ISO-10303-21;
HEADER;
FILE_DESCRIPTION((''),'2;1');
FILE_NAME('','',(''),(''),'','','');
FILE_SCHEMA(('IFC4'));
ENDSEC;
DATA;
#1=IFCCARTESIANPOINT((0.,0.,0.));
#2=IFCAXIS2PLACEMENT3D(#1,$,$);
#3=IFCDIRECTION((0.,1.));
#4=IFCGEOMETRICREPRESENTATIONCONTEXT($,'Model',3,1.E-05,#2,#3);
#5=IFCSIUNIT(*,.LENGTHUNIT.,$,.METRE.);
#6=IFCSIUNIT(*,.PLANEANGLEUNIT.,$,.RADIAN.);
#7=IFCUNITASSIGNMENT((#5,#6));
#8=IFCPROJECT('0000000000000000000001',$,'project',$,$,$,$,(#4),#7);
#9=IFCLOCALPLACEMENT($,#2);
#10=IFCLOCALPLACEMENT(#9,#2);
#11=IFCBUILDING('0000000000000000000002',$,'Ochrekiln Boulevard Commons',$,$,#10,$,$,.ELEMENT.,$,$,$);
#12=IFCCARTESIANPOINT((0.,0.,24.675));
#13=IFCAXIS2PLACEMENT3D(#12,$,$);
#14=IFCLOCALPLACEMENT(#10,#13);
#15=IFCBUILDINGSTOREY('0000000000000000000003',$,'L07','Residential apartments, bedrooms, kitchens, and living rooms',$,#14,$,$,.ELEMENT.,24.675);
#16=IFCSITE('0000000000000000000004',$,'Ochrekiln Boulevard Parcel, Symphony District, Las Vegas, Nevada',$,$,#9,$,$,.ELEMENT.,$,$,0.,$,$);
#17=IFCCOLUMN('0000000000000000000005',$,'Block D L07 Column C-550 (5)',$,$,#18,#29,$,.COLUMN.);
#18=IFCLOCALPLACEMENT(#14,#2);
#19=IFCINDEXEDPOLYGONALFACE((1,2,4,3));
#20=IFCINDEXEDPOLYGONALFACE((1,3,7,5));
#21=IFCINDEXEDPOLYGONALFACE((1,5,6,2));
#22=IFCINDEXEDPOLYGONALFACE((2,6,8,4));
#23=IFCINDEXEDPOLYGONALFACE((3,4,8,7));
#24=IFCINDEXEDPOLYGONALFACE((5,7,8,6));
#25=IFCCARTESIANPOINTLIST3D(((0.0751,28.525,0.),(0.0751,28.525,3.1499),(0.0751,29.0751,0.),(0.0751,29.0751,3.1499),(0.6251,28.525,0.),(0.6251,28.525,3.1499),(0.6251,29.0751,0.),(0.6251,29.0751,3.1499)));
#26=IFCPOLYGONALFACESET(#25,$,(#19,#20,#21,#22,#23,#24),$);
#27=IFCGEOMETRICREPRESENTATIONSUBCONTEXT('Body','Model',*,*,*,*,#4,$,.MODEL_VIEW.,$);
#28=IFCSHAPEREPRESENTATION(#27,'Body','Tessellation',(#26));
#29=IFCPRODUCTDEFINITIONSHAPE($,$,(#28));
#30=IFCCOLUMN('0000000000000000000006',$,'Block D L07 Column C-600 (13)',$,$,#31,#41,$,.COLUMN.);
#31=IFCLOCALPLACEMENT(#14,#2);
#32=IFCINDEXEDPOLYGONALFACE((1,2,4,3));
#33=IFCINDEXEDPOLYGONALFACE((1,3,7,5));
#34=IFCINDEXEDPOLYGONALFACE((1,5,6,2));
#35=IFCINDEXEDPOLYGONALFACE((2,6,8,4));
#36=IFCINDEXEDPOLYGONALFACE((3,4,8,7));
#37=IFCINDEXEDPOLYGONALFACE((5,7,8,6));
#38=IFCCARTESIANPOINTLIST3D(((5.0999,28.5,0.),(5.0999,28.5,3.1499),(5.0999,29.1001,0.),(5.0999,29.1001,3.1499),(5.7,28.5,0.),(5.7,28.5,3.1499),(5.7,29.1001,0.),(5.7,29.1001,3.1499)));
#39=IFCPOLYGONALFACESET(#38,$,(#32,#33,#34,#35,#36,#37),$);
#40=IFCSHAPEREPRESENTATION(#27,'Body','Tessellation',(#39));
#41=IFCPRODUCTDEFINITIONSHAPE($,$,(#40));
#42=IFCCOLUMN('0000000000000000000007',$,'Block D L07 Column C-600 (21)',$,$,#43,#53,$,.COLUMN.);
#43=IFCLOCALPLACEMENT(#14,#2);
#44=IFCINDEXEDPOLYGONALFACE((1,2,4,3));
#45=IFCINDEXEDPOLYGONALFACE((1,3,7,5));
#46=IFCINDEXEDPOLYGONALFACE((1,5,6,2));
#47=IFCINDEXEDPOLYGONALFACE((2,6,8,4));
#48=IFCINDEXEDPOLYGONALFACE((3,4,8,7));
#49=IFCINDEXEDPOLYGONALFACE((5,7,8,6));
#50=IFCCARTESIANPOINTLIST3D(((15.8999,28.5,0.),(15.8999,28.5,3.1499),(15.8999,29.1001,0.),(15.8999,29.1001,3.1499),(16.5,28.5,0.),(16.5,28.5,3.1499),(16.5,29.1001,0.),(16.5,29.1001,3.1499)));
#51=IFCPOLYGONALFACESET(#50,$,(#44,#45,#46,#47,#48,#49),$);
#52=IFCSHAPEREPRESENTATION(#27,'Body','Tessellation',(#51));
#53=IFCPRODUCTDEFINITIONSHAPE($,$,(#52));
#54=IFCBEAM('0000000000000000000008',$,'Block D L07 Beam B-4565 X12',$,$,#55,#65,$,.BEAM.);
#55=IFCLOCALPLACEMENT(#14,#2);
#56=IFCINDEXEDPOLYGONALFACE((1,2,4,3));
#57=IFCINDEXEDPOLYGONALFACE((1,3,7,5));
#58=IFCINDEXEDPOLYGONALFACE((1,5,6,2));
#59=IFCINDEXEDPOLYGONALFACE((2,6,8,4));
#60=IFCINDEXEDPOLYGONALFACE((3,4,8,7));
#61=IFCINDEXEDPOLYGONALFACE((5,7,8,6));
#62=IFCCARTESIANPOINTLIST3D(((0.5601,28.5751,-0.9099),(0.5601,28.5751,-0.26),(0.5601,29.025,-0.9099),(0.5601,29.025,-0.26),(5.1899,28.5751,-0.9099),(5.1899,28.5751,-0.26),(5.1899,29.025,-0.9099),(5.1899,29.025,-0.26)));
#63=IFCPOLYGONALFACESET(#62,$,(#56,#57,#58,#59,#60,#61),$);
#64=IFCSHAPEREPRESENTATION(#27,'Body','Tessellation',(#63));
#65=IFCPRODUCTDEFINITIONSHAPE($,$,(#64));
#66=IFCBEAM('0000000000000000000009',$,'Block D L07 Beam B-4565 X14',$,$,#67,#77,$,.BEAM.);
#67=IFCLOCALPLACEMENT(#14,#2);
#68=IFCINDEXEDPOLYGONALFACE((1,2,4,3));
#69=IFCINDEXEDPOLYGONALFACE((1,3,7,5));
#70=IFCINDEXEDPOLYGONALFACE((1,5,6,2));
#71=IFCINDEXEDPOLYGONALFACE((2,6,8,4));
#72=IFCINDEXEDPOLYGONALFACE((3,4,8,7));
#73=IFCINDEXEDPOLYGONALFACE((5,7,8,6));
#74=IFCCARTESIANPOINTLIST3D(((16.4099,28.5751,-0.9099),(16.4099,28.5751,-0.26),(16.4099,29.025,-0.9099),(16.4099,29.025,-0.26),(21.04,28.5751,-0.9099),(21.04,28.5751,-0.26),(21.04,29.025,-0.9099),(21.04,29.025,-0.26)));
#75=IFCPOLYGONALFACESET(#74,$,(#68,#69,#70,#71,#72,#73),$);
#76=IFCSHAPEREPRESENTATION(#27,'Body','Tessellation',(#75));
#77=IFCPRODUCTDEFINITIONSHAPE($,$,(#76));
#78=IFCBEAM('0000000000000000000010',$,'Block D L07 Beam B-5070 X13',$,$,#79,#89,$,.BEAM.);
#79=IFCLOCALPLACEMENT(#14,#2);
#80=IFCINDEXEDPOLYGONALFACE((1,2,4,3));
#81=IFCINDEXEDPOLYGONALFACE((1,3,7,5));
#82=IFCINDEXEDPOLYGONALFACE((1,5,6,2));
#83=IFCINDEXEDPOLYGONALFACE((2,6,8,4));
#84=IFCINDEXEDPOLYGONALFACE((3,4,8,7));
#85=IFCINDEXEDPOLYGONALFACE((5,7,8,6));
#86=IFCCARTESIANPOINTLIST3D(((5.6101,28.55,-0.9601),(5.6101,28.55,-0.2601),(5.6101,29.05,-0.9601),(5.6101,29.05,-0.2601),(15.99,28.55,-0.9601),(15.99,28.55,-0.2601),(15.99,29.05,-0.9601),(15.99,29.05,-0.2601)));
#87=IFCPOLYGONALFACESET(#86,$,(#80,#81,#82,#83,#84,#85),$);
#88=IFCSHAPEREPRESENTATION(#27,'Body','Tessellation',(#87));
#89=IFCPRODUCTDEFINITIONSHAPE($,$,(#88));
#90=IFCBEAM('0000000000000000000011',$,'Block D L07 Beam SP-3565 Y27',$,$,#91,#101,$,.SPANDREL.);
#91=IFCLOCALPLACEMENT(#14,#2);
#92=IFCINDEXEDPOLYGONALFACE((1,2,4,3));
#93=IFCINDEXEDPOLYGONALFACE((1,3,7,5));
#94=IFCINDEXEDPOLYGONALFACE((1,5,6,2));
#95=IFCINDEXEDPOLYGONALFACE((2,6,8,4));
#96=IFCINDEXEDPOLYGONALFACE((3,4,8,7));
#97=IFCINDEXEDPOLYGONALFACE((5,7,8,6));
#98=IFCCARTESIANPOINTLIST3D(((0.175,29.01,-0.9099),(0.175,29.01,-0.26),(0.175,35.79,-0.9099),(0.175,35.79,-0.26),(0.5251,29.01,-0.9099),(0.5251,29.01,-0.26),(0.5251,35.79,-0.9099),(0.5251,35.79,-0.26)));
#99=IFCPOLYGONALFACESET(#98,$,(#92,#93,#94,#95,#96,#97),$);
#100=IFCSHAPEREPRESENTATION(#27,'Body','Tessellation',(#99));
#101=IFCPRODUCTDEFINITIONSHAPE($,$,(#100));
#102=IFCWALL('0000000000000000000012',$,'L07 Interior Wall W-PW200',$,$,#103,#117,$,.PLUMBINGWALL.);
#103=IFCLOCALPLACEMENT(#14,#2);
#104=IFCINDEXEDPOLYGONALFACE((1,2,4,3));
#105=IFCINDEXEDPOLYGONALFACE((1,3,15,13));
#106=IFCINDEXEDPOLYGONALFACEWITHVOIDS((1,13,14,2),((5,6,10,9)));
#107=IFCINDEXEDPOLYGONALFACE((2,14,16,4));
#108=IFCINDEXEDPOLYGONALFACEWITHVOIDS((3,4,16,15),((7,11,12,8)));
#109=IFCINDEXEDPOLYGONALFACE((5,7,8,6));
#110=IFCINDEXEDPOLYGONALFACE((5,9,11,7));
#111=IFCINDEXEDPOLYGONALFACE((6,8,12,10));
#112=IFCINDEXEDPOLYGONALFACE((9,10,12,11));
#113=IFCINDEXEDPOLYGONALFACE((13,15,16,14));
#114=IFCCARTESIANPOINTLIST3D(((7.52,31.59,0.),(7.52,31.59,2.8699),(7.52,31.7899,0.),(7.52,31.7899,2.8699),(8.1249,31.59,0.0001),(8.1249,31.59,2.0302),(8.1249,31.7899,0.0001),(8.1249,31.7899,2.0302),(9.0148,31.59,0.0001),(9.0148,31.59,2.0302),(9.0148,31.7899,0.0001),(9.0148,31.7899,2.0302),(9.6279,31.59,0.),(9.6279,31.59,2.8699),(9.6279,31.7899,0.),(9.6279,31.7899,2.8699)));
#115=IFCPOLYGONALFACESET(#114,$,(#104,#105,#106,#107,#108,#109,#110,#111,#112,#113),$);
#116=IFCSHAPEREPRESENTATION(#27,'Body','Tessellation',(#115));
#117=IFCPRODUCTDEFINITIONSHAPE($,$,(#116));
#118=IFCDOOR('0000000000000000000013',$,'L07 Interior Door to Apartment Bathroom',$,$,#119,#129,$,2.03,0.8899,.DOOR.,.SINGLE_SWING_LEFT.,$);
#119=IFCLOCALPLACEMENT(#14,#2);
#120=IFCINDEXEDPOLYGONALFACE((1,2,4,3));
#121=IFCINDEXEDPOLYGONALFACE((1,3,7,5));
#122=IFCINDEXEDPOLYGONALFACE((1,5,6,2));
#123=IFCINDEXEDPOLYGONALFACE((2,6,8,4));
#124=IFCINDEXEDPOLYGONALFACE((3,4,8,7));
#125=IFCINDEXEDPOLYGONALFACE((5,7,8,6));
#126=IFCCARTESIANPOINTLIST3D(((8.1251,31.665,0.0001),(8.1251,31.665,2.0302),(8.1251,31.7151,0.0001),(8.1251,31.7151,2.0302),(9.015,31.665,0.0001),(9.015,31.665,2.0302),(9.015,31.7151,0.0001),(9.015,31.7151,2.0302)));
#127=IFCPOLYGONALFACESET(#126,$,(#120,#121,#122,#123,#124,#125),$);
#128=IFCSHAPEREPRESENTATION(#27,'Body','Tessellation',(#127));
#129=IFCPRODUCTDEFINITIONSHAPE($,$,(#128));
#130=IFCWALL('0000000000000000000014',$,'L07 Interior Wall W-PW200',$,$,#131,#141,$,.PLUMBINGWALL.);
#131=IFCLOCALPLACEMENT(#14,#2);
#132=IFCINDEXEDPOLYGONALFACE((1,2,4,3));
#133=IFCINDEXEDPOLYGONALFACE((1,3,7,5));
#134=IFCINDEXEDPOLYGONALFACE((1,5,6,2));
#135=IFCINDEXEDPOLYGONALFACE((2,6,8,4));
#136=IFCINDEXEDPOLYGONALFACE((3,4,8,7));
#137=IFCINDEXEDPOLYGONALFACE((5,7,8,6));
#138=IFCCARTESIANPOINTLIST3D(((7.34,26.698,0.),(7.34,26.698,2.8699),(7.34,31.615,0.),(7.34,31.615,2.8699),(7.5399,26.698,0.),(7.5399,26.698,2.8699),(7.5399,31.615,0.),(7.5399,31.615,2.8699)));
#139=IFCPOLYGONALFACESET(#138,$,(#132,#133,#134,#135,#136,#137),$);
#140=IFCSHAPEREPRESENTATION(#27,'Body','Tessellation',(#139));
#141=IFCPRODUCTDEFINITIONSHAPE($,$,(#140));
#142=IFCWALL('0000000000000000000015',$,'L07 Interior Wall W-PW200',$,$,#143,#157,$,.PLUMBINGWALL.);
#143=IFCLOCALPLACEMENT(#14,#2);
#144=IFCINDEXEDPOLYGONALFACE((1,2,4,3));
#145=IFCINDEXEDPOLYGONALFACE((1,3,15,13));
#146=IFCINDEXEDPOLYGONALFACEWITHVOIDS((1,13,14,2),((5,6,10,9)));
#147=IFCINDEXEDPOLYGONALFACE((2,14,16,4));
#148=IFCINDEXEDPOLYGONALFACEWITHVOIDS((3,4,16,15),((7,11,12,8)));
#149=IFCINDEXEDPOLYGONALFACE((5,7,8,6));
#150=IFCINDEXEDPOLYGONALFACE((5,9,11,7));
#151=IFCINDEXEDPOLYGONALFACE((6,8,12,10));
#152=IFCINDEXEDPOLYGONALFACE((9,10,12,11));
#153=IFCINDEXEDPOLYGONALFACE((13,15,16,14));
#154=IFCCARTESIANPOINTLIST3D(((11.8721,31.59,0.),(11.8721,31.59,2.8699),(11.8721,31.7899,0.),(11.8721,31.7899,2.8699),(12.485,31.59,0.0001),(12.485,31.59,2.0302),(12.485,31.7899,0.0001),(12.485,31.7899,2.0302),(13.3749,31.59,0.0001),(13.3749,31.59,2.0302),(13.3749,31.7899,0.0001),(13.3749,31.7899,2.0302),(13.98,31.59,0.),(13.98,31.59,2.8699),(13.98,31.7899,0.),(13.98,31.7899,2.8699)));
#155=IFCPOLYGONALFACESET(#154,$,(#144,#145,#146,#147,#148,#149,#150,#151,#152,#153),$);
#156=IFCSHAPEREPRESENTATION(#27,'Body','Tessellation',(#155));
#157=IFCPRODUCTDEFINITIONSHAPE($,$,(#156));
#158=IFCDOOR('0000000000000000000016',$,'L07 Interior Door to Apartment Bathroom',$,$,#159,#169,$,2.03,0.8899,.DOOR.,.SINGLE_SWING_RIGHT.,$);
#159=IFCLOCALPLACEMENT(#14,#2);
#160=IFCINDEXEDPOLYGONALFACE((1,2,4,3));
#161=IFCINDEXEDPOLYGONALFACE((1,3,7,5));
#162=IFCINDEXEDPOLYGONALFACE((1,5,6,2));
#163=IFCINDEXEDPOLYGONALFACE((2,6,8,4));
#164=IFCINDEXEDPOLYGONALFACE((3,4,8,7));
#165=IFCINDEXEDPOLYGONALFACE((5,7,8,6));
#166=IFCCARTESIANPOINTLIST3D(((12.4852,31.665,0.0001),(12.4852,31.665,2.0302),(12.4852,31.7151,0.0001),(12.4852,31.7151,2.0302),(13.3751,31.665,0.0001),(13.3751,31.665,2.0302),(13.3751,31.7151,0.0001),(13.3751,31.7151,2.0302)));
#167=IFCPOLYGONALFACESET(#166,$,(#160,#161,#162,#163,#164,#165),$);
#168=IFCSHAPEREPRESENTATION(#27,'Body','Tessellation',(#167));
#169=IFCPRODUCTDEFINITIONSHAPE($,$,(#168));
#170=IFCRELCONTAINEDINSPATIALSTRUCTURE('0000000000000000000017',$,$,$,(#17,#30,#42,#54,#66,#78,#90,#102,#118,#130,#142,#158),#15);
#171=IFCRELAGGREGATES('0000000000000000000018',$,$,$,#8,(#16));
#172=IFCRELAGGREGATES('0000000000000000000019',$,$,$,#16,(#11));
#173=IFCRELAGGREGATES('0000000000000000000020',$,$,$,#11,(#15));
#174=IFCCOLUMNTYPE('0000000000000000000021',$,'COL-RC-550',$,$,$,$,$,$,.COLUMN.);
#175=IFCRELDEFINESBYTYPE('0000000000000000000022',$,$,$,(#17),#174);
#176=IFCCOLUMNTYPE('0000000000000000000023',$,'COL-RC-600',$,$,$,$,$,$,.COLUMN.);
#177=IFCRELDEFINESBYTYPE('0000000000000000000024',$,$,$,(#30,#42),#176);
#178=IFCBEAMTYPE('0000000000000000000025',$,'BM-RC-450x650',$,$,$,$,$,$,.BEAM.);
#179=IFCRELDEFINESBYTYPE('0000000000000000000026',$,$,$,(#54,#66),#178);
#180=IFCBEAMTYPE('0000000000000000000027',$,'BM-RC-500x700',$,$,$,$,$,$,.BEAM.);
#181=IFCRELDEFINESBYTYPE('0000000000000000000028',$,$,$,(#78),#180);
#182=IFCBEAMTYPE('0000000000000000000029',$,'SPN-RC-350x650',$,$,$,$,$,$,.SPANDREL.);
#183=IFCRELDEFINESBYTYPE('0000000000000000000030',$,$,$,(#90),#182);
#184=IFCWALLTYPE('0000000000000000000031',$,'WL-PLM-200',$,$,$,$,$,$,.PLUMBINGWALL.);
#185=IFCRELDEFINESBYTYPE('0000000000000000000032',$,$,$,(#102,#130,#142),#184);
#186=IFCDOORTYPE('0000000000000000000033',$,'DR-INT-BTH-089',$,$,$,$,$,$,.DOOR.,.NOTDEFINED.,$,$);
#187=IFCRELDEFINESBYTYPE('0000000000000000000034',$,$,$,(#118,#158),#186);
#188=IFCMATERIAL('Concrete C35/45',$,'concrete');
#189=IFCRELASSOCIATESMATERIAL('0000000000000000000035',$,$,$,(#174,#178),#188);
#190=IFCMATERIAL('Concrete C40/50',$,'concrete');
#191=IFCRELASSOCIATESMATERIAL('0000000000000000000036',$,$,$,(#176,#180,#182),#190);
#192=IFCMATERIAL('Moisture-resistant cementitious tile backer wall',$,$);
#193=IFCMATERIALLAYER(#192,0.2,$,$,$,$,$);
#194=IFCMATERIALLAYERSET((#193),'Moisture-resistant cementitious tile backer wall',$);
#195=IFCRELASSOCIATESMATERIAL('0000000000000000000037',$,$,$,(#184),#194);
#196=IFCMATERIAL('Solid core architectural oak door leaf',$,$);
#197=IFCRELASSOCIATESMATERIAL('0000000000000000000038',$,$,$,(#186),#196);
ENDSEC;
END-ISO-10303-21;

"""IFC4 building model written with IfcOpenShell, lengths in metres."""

from ifc_helpers import new_model, si_unit, direction, frame, frame_2d, origin, origin_2d, place, context, subcontext, project, spatial, rectangle, extrude, material, layer, layer_set, material_profile, profile_set, type_object, element, fill, save


model = new_model("IFC4")

# Units and contexts
model_context = context("Model", 3, precision=1e-05, world=origin(), true_north=direction((0.0, 1.0)))
body_context = subcontext(model_context, "Body", "Model", "MODEL_VIEW")
ifc_project = project(units=[si_unit("LENGTHUNIT", "METRE"), si_unit("PLANEANGLEUNIT", "RADIAN")], contexts=[model_context])

# Site, building, storey
site_placement = place(None, origin())
site = spatial("IfcSite", under=ifc_project, at=site_placement, Name="Ochrekiln Boulevard Parcel, Symphony District, Las Vegas, Nevada", CompositionType="ELEMENT", RefElevation=0.0)
building_placement = place(site_placement, origin())
building = spatial("IfcBuilding", under=site, at=building_placement, Name="Ochrekiln Boulevard Commons", CompositionType="ELEMENT")
storey_placement = place(building_placement, frame((0.0, 0.0, 24.675)))
storey = spatial("IfcBuildingStorey", under=building, at=storey_placement, Name="L07", Description="Residential apartments, bedrooms, kitchens, and living rooms", CompositionType="ELEMENT", Elevation=24.675)

# Columns
ifc_material_1 = material(Name="Concrete C35/45", Category="concrete")
ifc_material_profile_1 = material_profile(ifc_material_1, rectangle(XDim=0.55, YDim=0.55, at=origin_2d()), Name="RC-COL-550x550")
ifc_profile_set_1 = profile_set([ifc_material_profile_1], Name="Concrete C35/45")
column_type_1 = type_object("IfcColumnType", Name="COL-RC-550", PredefinedType="COLUMN", material=ifc_profile_set_1)
column_placement = place(storey_placement, frame((0.3501, 28.8, 0.0), z_axis=(0.0, 0.0, 1.0), x_axis=(1.0, 0.0, 0.0)))
element("IfcColumn", 1, at=column_placement, inside=storey, type_object=column_type_1, Name="Block D L07 Column C-550 (5)", PredefinedType="COLUMN", context=body_context, shape_type="SweptSolid", body=[
    extrude(rectangle(XDim=0.55, YDim=0.55, at=origin_2d()), origin(), (0.0, 0.0, 1.0), 3.1499),
])
ifc_material_2 = material(Name="Concrete C40/50", Category="concrete")
ifc_material_profile_2 = material_profile(ifc_material_2, rectangle(XDim=0.6001, YDim=0.6001, at=origin_2d()), Name="RC-COL-600x600")
ifc_profile_set_2 = profile_set([ifc_material_profile_2], Name="Concrete C40/50")
column_type_2 = type_object("IfcColumnType", Name="COL-RC-600", PredefinedType="COLUMN", material=ifc_profile_set_2)
for number, where, z_axis, x_axis, name in (
    (2, (5.3999, 28.8, 0.0), (0.0, 0.0, 1.0), (1.0, 0.0, 0.0), "Block D L07 Column C-600 (13)"),
    (3, (16.2, 28.8, 0.0), (0.0, 0.0, 1.0), (1.0, 0.0, 0.0), "Block D L07 Column C-600 (21)"),
):
    element("IfcColumn", number, at=place(storey_placement, frame(where, z_axis=z_axis, x_axis=x_axis)), inside=storey, type_object=column_type_2, Name=name, PredefinedType="COLUMN", context=body_context, shape_type="SweptSolid", body=[
        extrude(rectangle(XDim=0.6001, YDim=0.6001, at=origin_2d()), origin(), (0.0, 0.0, 1.0), 3.1499),
    ])

# Beams
ifc_material_profile_3 = material_profile(ifc_material_1, rectangle(XDim=0.45, YDim=0.6499, at=origin_2d()), Name="RC-BM-450x650")
ifc_profile_set_3 = profile_set([ifc_material_profile_3], Name="Concrete C35/45")
beam_type_1 = type_object("IfcBeamType", Name="BM-RC-450x650", PredefinedType="BEAM", material=ifc_profile_set_3)
beam_1_placement = place(storey_placement, frame((0.5601, 28.8, -0.585), z_axis=(1.0, 0.0, 0.0), x_axis=(0.0, 1.0, 0.0)))
element("IfcBeam", 4, at=beam_1_placement, inside=storey, type_object=beam_type_1, Name="Block D L07 Beam B-4565 X12", PredefinedType="BEAM", context=body_context, shape_type="SweptSolid", body=[
    extrude(rectangle(XDim=0.45, YDim=0.6499, at=origin_2d()), origin(), (0.0, 0.0, 1.0), 4.6299),
])
beam_2_placement = place(storey_placement, frame((16.4099, 28.8, -0.585), z_axis=(1.0, 0.0, 0.0), x_axis=(0.0, 1.0, 0.0)))
element("IfcBeam", 5, at=beam_2_placement, inside=storey, type_object=beam_type_1, Name="Block D L07 Beam B-4565 X14", PredefinedType="BEAM", context=body_context, shape_type="SweptSolid", body=[
    extrude(rectangle(XDim=0.45, YDim=0.6499, at=origin_2d()), origin(), (0.0, 0.0, 1.0), 4.6301),
])
ifc_material_profile_4 = material_profile(ifc_material_2, rectangle(XDim=0.5, YDim=0.7, at=origin_2d()), Name="RC-BM-500x700")
ifc_profile_set_4 = profile_set([ifc_material_profile_4], Name="Concrete C40/50")
beam_type_2 = type_object("IfcBeamType", Name="BM-RC-500x700", PredefinedType="BEAM", material=ifc_profile_set_4)
beam_3_placement = place(storey_placement, frame((5.6101, 28.8, -0.6101), z_axis=(1.0, 0.0, 0.0), x_axis=(0.0, 1.0, 0.0)))
element("IfcBeam", 6, at=beam_3_placement, inside=storey, type_object=beam_type_2, Name="Block D L07 Beam B-5070 X13", PredefinedType="BEAM", context=body_context, shape_type="SweptSolid", body=[
    extrude(rectangle(XDim=0.5, YDim=0.7, at=origin_2d()), origin(), (0.0, 0.0, 1.0), 10.3799),
])
ifc_material_profile_5 = material_profile(ifc_material_2, rectangle(XDim=0.3501, YDim=0.6499, at=origin_2d()), Name="RC-SPN-350x650")
ifc_profile_set_5 = profile_set([ifc_material_profile_5], Name="Concrete C40/50")
beam_type_3 = type_object("IfcBeamType", Name="SPN-RC-350x650", PredefinedType="SPANDREL", material=ifc_profile_set_5)
beam_4_placement = place(storey_placement, frame((0.3501, 29.01, -0.585), z_axis=(0.0, 1.0, 0.0), x_axis=(-1.0, 0.0, 0.0)))
element("IfcBeam", 7, at=beam_4_placement, inside=storey, type_object=beam_type_3, Name="Block D L07 Beam SP-3565 Y27", PredefinedType="SPANDREL", context=body_context, shape_type="SweptSolid", body=[
    extrude(rectangle(XDim=0.3501, YDim=0.6499, at=origin_2d()), origin(), (0.0, 0.0, 1.0), 6.78),
])

# Wall, opening, door
ifc_material_3 = material(Name="Moisture-resistant cementitious tile backer wall")
ifc_layer_1 = layer(ifc_material_3, 0.2)
ifc_layer_set_1 = layer_set([ifc_layer_1], Name="Moisture-resistant cementitious tile backer wall")
wall_type_1 = type_object("IfcWallType", Name="WL-PLM-200", PredefinedType="PLUMBINGWALL", material=ifc_layer_set_1)
wall_1_placement = place(storey_placement, frame((7.52, 31.6899, 0.0), z_axis=(0.0, 0.0, 1.0), x_axis=(1.0, 0.0, 0.0)))
wall_1 = element("IfcWall", 8, at=wall_1_placement, inside=storey, type_object=wall_type_1, Name="L07 Interior Wall W-PW200", PredefinedType="PLUMBINGWALL", context=body_context, shape_type="SweptSolid", body=[
    extrude(rectangle(XDim=2.1079, YDim=0.2, at=frame_2d((1.054, 0.0))), origin(), (0.0, 0.0, 1.0), 2.8699),
])
opening_1_placement = place(wall_1_placement, frame((0.605, 0.0, 0.0)))
opening_1 = element("IfcOpeningElement", 9, at=opening_1_placement, cuts=wall_1, PredefinedType="OPENING", context=body_context, shape_type="SweptSolid", body=[
    extrude(rectangle(XDim=0.8899, YDim=2.03, at=frame_2d((0.4448, 1.0151))), frame((0.0, 0.1099, 0.0), z_axis=(0.0, -1.0, 0.0), x_axis=(1.0, 0.0, 0.0)), (0.0, 0.0, 1.0), 0.22),
])
ifc_material_4 = material(Name="Solid core architectural oak door leaf")
door_type_1 = type_object("IfcDoorType", Name="DR-INT-BTH-089", OperationType="NOTDEFINED", PredefinedType="DOOR", material=ifc_material_4)
door_1_placement = place(opening_1_placement, frame((0.8899, 0.0, 0.0), z_axis=(0.0, 0.0, 1.0), x_axis=(-1.0, 0.0, 0.0)))
door_1 = element("IfcDoor", 10, at=door_1_placement, inside=storey, type_object=door_type_1, Name="L07 Interior Door to Apartment Bathroom", OperationType="SINGLE_SWING_LEFT", OverallHeight=2.03, OverallWidth=0.8899, PredefinedType="DOOR", context=body_context, shape_type="SweptSolid", body=[
    extrude(rectangle(XDim=0.8899, YDim=2.03, at=frame_2d((0.4448, 1.0151))), frame((0.0, 0.0249, 0.0), z_axis=(0.0, -1.0, 0.0), x_axis=(1.0, 0.0, 0.0)), (0.0, 0.0, 1.0), 0.05),
])
fill(opening_1, door_1)

# Wall
wall_2_placement = place(storey_placement, frame((7.4399, 26.698, 0.0), z_axis=(0.0, 0.0, 1.0), x_axis=(0.0, 1.0, 0.0)))
element("IfcWall", 11, at=wall_2_placement, inside=storey, type_object=wall_type_1, Name="L07 Interior Wall W-PW200", PredefinedType="PLUMBINGWALL", context=body_context, shape_type="SweptSolid", body=[
    extrude(rectangle(XDim=4.917, YDim=0.2, at=frame_2d((2.4585, 0.0))), origin(), (0.0, 0.0, 1.0), 2.8699),
])

# Wall, opening, door
wall_3_placement = place(storey_placement, frame((11.8721, 31.6899, 0.0), z_axis=(0.0, 0.0, 1.0), x_axis=(1.0, 0.0, 0.0)))
wall_3 = element("IfcWall", 12, at=wall_3_placement, inside=storey, type_object=wall_type_1, Name="L07 Interior Wall W-PW200", PredefinedType="PLUMBINGWALL", context=body_context, shape_type="SweptSolid", body=[
    extrude(rectangle(XDim=2.1079, YDim=0.2, at=frame_2d((1.054, 0.0))), origin(), (0.0, 0.0, 1.0), 2.8699),
])
opening_2_placement = place(wall_3_placement, frame((0.613, 0.0, 0.0)))
opening_2 = element("IfcOpeningElement", 13, at=opening_2_placement, cuts=wall_3, PredefinedType="OPENING", context=body_context, shape_type="SweptSolid", body=[
    extrude(rectangle(XDim=0.8899, YDim=2.03, at=frame_2d((0.4448, 1.0151))), frame((0.0, 0.1099, 0.0), z_axis=(0.0, -1.0, 0.0), x_axis=(1.0, 0.0, 0.0)), (0.0, 0.0, 1.0), 0.22),
])
door_2_placement = place(opening_2_placement, frame((0.8899, 0.0, 0.0), z_axis=(0.0, 0.0, 1.0), x_axis=(-1.0, 0.0, 0.0)))
door_2 = element("IfcDoor", 14, at=door_2_placement, inside=storey, type_object=door_type_1, Name="L07 Interior Door to Apartment Bathroom", OperationType="SINGLE_SWING_RIGHT", OverallHeight=2.03, OverallWidth=0.8899, PredefinedType="DOOR", context=body_context, shape_type="SweptSolid", body=[
    extrude(rectangle(XDim=0.8899, YDim=2.03, at=frame_2d((0.4448, 1.0151))), frame((0.0, 0.0249, 0.0), z_axis=(0.0, -1.0, 0.0), x_axis=(1.0, 0.0, 0.0)), (0.0, 0.0, 1.0), 0.05),
])
fill(opening_2, door_2)

save(model, "model.ifc")
